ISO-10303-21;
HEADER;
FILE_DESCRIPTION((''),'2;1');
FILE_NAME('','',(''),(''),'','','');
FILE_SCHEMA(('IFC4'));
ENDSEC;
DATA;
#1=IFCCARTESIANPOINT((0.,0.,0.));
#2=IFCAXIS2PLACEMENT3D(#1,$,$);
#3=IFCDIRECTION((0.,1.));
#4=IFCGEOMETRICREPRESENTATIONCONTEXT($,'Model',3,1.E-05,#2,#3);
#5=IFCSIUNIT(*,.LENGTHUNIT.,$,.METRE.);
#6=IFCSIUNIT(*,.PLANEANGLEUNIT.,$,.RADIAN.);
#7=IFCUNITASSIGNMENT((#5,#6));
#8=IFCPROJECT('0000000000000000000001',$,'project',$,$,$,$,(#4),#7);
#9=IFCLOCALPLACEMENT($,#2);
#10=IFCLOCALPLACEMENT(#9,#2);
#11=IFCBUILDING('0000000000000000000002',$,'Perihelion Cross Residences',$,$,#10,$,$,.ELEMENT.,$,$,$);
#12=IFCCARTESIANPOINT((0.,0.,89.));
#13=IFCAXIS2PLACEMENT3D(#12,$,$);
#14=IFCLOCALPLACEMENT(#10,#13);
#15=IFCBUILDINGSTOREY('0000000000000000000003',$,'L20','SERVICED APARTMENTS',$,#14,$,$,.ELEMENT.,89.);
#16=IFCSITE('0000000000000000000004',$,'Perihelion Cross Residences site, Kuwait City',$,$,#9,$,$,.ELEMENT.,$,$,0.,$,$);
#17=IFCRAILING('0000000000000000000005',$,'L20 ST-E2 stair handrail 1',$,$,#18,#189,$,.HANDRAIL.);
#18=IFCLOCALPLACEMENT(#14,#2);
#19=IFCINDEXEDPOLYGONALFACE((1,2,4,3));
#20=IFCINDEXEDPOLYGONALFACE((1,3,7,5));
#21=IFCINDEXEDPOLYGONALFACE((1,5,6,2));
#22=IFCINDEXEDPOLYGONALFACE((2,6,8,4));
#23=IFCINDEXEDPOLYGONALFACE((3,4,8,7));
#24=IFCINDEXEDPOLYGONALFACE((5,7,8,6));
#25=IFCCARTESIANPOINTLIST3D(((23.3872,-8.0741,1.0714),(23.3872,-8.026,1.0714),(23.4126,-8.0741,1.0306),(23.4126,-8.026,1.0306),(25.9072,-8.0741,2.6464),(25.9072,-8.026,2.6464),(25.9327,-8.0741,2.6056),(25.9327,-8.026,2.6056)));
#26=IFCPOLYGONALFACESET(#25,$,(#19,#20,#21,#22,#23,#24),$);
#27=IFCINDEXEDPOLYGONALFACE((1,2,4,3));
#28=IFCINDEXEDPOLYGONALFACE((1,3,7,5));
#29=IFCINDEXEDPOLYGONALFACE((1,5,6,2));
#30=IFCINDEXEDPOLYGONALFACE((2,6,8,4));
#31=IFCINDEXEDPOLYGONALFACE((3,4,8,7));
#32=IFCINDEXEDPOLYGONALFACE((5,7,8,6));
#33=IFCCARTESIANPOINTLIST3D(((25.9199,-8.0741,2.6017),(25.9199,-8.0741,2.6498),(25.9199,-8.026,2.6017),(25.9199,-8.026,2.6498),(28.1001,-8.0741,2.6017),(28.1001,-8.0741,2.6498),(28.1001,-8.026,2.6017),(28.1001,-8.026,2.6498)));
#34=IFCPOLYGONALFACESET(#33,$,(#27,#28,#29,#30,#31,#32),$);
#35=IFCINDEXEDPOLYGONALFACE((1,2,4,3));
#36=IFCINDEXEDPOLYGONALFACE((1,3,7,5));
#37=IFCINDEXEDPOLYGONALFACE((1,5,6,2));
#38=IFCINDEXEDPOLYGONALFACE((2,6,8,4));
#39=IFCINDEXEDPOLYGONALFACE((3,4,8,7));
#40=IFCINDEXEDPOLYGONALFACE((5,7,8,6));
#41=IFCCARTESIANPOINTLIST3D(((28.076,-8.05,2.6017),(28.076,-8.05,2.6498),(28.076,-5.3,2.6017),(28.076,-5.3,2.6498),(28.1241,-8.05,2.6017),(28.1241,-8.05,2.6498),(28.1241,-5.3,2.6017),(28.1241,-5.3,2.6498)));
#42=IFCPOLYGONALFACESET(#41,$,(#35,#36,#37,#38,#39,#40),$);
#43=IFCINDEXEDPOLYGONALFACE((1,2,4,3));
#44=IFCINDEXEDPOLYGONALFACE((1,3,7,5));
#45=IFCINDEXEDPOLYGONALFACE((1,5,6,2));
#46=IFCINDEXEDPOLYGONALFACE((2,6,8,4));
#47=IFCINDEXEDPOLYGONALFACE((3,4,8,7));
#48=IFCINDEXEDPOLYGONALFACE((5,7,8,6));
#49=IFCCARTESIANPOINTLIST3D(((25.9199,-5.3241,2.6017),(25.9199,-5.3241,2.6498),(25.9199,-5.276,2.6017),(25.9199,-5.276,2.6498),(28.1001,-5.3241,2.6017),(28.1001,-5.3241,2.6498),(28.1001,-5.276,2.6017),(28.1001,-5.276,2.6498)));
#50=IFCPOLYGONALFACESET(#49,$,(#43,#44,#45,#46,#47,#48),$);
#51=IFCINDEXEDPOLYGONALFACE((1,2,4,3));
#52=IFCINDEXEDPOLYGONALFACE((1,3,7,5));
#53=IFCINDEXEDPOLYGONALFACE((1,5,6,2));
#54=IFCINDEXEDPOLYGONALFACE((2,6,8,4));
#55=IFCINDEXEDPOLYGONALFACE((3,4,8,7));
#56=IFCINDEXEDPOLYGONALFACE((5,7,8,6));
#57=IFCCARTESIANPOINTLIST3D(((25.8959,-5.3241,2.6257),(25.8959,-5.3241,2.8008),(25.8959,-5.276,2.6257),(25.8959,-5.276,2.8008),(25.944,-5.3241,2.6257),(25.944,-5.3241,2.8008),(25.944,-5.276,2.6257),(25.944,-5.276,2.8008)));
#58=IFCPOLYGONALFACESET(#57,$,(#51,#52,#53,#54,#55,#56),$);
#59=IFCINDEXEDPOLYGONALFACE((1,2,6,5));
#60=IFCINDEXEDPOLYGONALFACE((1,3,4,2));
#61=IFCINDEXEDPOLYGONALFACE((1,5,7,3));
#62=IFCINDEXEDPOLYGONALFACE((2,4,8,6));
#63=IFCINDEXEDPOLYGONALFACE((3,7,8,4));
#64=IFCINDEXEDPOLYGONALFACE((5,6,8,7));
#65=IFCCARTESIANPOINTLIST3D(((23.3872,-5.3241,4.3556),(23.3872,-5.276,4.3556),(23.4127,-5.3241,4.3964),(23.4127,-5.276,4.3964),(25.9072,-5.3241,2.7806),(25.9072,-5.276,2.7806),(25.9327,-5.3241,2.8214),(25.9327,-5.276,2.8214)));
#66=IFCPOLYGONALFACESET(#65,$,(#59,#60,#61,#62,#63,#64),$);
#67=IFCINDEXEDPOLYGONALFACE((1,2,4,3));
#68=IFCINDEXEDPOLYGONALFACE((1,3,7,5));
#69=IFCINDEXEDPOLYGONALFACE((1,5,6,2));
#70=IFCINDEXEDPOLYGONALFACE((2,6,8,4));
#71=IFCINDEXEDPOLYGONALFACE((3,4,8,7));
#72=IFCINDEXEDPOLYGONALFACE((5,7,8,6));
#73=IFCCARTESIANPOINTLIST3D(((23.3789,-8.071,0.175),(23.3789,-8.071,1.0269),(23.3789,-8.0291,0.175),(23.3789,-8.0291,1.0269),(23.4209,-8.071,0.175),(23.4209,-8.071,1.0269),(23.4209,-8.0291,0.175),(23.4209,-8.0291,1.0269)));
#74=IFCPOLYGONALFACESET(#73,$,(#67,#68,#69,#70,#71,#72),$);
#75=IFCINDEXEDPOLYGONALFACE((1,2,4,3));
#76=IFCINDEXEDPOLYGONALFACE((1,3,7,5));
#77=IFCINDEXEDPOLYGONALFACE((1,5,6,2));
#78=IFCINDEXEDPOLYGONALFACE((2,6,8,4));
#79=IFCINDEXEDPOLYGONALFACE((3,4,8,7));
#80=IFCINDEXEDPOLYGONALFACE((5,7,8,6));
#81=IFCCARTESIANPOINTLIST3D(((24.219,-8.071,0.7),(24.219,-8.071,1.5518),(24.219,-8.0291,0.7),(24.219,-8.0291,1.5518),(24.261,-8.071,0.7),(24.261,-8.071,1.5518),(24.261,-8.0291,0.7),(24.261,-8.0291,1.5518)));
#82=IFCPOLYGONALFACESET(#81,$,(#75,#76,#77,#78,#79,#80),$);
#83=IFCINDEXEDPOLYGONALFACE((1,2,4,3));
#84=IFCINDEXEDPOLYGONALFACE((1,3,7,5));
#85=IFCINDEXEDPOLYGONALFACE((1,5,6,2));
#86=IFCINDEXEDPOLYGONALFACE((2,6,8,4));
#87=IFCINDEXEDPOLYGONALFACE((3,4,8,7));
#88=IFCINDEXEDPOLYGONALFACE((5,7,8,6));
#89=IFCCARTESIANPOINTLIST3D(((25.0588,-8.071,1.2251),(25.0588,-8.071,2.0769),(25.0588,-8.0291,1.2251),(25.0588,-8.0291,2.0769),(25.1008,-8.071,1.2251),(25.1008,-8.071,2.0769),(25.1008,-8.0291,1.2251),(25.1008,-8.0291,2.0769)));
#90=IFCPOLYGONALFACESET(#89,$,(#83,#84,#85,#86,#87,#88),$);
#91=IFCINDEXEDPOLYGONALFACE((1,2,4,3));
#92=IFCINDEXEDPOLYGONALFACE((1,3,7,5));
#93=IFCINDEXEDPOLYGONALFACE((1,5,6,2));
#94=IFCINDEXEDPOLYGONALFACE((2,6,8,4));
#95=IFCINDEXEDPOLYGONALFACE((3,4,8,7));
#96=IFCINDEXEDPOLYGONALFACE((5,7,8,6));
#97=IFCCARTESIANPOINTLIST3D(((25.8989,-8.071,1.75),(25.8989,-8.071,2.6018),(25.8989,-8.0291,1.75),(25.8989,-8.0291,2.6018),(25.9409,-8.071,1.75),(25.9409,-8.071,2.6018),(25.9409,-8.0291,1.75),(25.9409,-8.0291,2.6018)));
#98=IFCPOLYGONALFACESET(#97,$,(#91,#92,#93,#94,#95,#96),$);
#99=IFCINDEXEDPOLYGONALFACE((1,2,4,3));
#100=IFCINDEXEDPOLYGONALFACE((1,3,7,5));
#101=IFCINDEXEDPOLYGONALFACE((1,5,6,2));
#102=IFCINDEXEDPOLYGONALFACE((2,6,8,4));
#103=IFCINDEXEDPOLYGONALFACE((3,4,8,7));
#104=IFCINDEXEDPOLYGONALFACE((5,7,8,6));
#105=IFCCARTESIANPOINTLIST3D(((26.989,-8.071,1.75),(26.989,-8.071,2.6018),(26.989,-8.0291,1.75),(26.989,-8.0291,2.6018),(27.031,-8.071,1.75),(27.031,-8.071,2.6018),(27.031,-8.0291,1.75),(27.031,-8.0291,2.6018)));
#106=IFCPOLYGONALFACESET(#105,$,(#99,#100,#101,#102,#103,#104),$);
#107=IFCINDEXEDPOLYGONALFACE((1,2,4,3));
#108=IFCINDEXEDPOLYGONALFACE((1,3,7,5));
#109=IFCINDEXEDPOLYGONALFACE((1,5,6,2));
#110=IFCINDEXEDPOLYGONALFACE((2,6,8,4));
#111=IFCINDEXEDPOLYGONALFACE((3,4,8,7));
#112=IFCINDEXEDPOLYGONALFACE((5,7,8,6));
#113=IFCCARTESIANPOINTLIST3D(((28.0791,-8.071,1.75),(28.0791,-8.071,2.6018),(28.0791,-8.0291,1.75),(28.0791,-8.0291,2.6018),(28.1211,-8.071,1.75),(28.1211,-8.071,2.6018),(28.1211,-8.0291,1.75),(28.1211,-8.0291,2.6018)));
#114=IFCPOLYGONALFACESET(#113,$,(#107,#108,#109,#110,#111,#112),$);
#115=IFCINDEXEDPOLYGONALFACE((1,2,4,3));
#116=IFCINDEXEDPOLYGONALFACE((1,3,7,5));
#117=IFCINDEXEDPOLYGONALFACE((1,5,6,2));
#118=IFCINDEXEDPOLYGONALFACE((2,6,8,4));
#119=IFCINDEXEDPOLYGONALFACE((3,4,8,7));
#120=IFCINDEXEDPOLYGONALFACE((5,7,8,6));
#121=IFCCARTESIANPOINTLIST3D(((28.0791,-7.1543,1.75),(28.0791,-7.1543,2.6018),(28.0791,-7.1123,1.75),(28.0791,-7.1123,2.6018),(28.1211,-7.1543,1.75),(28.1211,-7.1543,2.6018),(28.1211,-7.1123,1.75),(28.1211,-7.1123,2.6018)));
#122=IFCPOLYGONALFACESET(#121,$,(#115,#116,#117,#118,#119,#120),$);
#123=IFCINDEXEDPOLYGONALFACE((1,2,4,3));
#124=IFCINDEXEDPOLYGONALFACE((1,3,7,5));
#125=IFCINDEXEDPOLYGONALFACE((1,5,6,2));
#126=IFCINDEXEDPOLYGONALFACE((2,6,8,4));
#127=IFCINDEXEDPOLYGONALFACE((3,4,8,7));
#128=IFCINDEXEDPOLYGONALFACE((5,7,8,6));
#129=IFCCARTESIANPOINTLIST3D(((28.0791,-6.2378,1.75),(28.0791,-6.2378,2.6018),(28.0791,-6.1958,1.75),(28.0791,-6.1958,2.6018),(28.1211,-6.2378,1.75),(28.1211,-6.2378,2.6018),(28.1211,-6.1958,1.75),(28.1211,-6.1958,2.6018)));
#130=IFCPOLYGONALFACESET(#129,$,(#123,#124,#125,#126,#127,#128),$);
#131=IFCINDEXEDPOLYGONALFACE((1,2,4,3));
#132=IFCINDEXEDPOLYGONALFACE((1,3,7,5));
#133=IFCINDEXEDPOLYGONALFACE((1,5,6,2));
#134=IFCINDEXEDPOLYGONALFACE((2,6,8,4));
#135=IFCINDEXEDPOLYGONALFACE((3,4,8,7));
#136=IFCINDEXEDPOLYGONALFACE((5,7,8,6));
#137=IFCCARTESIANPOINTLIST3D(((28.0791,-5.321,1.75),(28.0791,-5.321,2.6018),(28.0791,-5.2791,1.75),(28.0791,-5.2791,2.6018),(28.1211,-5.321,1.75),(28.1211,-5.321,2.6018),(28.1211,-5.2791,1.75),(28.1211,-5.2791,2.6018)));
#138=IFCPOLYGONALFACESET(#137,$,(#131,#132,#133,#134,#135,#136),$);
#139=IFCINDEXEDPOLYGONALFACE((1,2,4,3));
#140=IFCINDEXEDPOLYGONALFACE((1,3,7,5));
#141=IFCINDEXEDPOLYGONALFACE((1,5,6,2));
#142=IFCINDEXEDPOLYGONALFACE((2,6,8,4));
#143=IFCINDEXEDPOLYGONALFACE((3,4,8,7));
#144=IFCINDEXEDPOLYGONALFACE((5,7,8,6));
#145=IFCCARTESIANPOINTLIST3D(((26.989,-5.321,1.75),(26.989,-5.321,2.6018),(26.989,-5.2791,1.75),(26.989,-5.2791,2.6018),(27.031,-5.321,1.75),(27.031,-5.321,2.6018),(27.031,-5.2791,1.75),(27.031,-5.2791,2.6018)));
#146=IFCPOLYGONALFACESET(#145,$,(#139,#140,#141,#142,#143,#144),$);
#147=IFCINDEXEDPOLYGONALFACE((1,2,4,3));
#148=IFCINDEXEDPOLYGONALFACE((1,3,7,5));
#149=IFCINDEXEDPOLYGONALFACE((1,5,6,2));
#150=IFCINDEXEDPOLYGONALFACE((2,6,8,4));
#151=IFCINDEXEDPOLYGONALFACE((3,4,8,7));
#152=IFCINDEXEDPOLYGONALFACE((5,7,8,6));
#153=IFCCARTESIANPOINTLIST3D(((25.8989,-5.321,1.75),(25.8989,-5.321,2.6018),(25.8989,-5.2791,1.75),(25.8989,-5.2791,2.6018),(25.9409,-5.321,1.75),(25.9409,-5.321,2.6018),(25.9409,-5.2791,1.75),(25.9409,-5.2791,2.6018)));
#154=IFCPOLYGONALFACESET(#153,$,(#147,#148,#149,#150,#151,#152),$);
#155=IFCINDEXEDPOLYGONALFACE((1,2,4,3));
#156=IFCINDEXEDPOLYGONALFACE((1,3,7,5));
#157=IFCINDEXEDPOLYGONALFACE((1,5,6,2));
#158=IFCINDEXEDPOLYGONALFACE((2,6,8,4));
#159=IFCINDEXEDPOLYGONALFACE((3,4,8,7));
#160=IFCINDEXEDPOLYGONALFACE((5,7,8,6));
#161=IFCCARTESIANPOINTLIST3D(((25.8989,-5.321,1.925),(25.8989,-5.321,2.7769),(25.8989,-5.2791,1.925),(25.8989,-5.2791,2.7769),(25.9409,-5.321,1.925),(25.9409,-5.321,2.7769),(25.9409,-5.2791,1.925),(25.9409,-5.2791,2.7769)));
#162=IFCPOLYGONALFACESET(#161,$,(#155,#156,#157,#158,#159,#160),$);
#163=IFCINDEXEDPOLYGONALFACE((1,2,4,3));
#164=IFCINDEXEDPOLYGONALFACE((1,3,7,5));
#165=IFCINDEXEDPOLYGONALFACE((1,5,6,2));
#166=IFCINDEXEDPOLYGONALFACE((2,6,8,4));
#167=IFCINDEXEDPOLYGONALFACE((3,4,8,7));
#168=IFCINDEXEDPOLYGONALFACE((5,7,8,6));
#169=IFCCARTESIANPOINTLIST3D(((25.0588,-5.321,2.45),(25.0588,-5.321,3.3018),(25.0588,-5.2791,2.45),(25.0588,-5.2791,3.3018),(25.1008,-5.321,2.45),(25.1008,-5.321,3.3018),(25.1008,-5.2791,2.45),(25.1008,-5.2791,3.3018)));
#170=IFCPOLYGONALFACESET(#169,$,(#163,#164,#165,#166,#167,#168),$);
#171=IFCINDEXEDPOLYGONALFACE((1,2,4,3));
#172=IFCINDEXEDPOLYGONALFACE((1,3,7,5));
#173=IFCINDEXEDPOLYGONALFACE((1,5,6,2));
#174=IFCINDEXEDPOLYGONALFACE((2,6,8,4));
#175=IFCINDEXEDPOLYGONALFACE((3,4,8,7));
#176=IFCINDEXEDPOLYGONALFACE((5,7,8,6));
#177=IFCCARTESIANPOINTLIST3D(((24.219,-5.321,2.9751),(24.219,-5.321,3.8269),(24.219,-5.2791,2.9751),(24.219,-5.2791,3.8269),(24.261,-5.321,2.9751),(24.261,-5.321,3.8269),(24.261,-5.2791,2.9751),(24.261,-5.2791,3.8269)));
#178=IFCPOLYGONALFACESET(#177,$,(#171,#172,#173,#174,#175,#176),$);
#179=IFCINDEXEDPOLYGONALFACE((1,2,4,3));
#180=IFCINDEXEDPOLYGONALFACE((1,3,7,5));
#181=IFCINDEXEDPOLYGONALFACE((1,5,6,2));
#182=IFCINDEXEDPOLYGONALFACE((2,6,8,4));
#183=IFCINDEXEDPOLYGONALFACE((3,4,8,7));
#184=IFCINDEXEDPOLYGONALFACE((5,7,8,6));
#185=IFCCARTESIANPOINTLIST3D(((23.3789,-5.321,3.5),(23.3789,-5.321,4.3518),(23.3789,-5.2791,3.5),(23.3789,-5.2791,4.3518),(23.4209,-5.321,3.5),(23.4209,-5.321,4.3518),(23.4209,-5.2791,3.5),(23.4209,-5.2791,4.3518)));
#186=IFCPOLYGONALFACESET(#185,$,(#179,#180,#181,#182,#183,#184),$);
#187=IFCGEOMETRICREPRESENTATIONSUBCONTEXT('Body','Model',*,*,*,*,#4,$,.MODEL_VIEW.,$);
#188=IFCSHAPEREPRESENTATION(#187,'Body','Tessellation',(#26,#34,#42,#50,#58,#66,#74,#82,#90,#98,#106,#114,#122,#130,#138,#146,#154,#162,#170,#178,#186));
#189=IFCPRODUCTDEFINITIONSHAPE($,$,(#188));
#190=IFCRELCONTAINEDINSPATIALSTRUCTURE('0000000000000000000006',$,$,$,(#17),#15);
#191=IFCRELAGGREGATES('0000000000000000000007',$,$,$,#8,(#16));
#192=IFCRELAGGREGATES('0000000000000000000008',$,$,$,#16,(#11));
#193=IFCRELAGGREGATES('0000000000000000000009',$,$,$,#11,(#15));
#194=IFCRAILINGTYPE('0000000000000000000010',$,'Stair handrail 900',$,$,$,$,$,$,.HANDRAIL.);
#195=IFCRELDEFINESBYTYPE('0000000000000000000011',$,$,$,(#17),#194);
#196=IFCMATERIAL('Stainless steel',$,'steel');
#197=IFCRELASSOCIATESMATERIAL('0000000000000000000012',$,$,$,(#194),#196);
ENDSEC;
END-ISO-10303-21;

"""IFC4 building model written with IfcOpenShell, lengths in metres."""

from ifc_helpers import new_model, si_unit, direction, frame, origin, origin_2d, place, context, subcontext, project, spatial, rectangle, extrude, material, type_object, element, save


model = new_model("IFC4")

# Units and contexts
model_context = context("Model", 3, precision=1e-05, world=origin(), true_north=direction((0.0, 1.0)))
body_context = subcontext(model_context, "Body", "Model", "MODEL_VIEW")
ifc_project = project(units=[si_unit("LENGTHUNIT", "METRE"), si_unit("PLANEANGLEUNIT", "RADIAN")], contexts=[model_context])

# Site, building, storey
site_placement = place(None, origin())
site = spatial("IfcSite", under=ifc_project, at=site_placement, Name="Perihelion Cross Residences site, Kuwait City", CompositionType="ELEMENT", RefElevation=0.0)
building_placement = place(site_placement, origin())
building = spatial("IfcBuilding", under=site, at=building_placement, Name="Perihelion Cross Residences", CompositionType="ELEMENT")
storey_placement = place(building_placement, frame((0.0, 0.0, 89.0)))
storey = spatial("IfcBuildingStorey", under=building, at=storey_placement, Name="L20", Description="SERVICED APARTMENTS", CompositionType="ELEMENT", Elevation=89.0)

# Railing
ifc_material_1 = material(Name="Stainless steel", Category="steel")
railing_type_1 = type_object("IfcRailingType", Name="Stair handrail 900", PredefinedType="HANDRAIL", material=ifc_material_1)
railing_1_placement = place(storey_placement, frame((23.3999, -8.05, 0.175)))
element("IfcRailing", 1, at=railing_1_placement, inside=storey, type_object=railing_type_1, Name="L20 ST-E2 stair handrail 1", PredefinedType="HANDRAIL", context=body_context, shape_type="SweptSolid", body=[
    extrude(rectangle(XDim=0.0481, YDim=0.0481, at=origin_2d()), frame((0.0, 0.0, 0.876), z_axis=(0.848008, 0.0, 0.529984), x_axis=(0.0, 1.0, 0.0)), (0.0, 0.0, 1.0), 2.9717),
    extrude(rectangle(XDim=0.0481, YDim=0.0481, at=origin_2d()), frame((2.52, 0.0, 2.4507), z_axis=(1.0, 0.0, 0.0), x_axis=(0.0, 1.0, 0.0)), (0.0, 0.0, 1.0), 2.1802),
    extrude(rectangle(XDim=0.0481, YDim=0.0481, at=origin_2d()), frame((4.7002, 0.0, 2.4507), z_axis=(0.0, 1.0, 0.0), x_axis=(-1.0, 0.0, 0.0)), (0.0, 0.0, 1.0), 2.75),
    extrude(rectangle(XDim=0.0481, YDim=0.0481, at=origin_2d()), frame((4.7002, 2.75, 2.4507), z_axis=(-1.0, 0.0, 0.0), x_axis=(0.0, -1.0, 0.0)), (0.0, 0.0, 1.0), 2.1802),
    extrude(rectangle(XDim=0.0481, YDim=0.0481, at=origin_2d()), frame((2.52, 2.75, 2.4507), z_axis=(0.0, 0.0, 1.0), x_axis=(1.0, 0.0, 0.0)), (0.0, 0.0, 1.0), 0.175),
    extrude(rectangle(XDim=0.0481, YDim=0.0481, at=origin_2d()), frame((2.52, 2.75, 2.626), z_axis=(-0.848008, 0.0, 0.529984), x_axis=(0.0, -1.0, 0.0)), (0.0, 0.0, 1.0), 2.9717),
    extrude(rectangle(XDim=0.042, YDim=0.042, at=origin_2d()), origin(), (0.0, 0.0, 1.0), 0.8518),
    extrude(rectangle(XDim=0.042, YDim=0.042, at=origin_2d()), frame((0.8401, 0.0, 0.5249)), (0.0, 0.0, 1.0), 0.8518),
    extrude(rectangle(XDim=0.042, YDim=0.042, at=origin_2d()), frame((1.6799, 0.0, 1.05)), (0.0, 0.0, 1.0), 0.8518),
    extrude(rectangle(XDim=0.042, YDim=0.042, at=origin_2d()), frame((2.52, 0.0, 1.575)), (0.0, 0.0, 1.0), 0.8518),
    extrude(rectangle(XDim=0.042, YDim=0.042, at=origin_2d()), frame((3.6101, 0.0, 1.575)), (0.0, 0.0, 1.0), 0.8518),
    extrude(rectangle(XDim=0.042, YDim=0.042, at=origin_2d()), frame((4.7002, 0.0, 1.575)), (0.0, 0.0, 1.0), 0.8518),
    extrude(rectangle(XDim=0.042, YDim=0.042, at=origin_2d()), frame((4.7002, 0.9167, 1.575)), (0.0, 0.0, 1.0), 0.8518),
    extrude(rectangle(XDim=0.042, YDim=0.042, at=origin_2d()), frame((4.7002, 1.8333, 1.575)), (0.0, 0.0, 1.0), 0.8518),
    extrude(rectangle(XDim=0.042, YDim=0.042, at=origin_2d()), frame((4.7002, 2.75, 1.575)), (0.0, 0.0, 1.0), 0.8518),
    extrude(rectangle(XDim=0.042, YDim=0.042, at=origin_2d()), frame((3.6101, 2.75, 1.575)), (0.0, 0.0, 1.0), 0.8518),
    extrude(rectangle(XDim=0.042, YDim=0.042, at=origin_2d()), frame((2.52, 2.75, 1.575)), (0.0, 0.0, 1.0), 0.8518),
    extrude(rectangle(XDim=0.042, YDim=0.042, at=origin_2d()), frame((2.52, 2.75, 1.75)), (0.0, 0.0, 1.0), 0.8518),
    extrude(rectangle(XDim=0.042, YDim=0.042, at=origin_2d()), frame((1.6799, 2.75, 2.2749)), (0.0, 0.0, 1.0), 0.8518),
    extrude(rectangle(XDim=0.042, YDim=0.042, at=origin_2d()), frame((0.8401, 2.75, 2.8)), (0.0, 0.0, 1.0), 0.8518),
    extrude(rectangle(XDim=0.042, YDim=0.042, at=origin_2d()), frame((0.0, 2.75, 3.325)), (0.0, 0.0, 1.0), 0.8518),
])

save(model, "model.ifc")
